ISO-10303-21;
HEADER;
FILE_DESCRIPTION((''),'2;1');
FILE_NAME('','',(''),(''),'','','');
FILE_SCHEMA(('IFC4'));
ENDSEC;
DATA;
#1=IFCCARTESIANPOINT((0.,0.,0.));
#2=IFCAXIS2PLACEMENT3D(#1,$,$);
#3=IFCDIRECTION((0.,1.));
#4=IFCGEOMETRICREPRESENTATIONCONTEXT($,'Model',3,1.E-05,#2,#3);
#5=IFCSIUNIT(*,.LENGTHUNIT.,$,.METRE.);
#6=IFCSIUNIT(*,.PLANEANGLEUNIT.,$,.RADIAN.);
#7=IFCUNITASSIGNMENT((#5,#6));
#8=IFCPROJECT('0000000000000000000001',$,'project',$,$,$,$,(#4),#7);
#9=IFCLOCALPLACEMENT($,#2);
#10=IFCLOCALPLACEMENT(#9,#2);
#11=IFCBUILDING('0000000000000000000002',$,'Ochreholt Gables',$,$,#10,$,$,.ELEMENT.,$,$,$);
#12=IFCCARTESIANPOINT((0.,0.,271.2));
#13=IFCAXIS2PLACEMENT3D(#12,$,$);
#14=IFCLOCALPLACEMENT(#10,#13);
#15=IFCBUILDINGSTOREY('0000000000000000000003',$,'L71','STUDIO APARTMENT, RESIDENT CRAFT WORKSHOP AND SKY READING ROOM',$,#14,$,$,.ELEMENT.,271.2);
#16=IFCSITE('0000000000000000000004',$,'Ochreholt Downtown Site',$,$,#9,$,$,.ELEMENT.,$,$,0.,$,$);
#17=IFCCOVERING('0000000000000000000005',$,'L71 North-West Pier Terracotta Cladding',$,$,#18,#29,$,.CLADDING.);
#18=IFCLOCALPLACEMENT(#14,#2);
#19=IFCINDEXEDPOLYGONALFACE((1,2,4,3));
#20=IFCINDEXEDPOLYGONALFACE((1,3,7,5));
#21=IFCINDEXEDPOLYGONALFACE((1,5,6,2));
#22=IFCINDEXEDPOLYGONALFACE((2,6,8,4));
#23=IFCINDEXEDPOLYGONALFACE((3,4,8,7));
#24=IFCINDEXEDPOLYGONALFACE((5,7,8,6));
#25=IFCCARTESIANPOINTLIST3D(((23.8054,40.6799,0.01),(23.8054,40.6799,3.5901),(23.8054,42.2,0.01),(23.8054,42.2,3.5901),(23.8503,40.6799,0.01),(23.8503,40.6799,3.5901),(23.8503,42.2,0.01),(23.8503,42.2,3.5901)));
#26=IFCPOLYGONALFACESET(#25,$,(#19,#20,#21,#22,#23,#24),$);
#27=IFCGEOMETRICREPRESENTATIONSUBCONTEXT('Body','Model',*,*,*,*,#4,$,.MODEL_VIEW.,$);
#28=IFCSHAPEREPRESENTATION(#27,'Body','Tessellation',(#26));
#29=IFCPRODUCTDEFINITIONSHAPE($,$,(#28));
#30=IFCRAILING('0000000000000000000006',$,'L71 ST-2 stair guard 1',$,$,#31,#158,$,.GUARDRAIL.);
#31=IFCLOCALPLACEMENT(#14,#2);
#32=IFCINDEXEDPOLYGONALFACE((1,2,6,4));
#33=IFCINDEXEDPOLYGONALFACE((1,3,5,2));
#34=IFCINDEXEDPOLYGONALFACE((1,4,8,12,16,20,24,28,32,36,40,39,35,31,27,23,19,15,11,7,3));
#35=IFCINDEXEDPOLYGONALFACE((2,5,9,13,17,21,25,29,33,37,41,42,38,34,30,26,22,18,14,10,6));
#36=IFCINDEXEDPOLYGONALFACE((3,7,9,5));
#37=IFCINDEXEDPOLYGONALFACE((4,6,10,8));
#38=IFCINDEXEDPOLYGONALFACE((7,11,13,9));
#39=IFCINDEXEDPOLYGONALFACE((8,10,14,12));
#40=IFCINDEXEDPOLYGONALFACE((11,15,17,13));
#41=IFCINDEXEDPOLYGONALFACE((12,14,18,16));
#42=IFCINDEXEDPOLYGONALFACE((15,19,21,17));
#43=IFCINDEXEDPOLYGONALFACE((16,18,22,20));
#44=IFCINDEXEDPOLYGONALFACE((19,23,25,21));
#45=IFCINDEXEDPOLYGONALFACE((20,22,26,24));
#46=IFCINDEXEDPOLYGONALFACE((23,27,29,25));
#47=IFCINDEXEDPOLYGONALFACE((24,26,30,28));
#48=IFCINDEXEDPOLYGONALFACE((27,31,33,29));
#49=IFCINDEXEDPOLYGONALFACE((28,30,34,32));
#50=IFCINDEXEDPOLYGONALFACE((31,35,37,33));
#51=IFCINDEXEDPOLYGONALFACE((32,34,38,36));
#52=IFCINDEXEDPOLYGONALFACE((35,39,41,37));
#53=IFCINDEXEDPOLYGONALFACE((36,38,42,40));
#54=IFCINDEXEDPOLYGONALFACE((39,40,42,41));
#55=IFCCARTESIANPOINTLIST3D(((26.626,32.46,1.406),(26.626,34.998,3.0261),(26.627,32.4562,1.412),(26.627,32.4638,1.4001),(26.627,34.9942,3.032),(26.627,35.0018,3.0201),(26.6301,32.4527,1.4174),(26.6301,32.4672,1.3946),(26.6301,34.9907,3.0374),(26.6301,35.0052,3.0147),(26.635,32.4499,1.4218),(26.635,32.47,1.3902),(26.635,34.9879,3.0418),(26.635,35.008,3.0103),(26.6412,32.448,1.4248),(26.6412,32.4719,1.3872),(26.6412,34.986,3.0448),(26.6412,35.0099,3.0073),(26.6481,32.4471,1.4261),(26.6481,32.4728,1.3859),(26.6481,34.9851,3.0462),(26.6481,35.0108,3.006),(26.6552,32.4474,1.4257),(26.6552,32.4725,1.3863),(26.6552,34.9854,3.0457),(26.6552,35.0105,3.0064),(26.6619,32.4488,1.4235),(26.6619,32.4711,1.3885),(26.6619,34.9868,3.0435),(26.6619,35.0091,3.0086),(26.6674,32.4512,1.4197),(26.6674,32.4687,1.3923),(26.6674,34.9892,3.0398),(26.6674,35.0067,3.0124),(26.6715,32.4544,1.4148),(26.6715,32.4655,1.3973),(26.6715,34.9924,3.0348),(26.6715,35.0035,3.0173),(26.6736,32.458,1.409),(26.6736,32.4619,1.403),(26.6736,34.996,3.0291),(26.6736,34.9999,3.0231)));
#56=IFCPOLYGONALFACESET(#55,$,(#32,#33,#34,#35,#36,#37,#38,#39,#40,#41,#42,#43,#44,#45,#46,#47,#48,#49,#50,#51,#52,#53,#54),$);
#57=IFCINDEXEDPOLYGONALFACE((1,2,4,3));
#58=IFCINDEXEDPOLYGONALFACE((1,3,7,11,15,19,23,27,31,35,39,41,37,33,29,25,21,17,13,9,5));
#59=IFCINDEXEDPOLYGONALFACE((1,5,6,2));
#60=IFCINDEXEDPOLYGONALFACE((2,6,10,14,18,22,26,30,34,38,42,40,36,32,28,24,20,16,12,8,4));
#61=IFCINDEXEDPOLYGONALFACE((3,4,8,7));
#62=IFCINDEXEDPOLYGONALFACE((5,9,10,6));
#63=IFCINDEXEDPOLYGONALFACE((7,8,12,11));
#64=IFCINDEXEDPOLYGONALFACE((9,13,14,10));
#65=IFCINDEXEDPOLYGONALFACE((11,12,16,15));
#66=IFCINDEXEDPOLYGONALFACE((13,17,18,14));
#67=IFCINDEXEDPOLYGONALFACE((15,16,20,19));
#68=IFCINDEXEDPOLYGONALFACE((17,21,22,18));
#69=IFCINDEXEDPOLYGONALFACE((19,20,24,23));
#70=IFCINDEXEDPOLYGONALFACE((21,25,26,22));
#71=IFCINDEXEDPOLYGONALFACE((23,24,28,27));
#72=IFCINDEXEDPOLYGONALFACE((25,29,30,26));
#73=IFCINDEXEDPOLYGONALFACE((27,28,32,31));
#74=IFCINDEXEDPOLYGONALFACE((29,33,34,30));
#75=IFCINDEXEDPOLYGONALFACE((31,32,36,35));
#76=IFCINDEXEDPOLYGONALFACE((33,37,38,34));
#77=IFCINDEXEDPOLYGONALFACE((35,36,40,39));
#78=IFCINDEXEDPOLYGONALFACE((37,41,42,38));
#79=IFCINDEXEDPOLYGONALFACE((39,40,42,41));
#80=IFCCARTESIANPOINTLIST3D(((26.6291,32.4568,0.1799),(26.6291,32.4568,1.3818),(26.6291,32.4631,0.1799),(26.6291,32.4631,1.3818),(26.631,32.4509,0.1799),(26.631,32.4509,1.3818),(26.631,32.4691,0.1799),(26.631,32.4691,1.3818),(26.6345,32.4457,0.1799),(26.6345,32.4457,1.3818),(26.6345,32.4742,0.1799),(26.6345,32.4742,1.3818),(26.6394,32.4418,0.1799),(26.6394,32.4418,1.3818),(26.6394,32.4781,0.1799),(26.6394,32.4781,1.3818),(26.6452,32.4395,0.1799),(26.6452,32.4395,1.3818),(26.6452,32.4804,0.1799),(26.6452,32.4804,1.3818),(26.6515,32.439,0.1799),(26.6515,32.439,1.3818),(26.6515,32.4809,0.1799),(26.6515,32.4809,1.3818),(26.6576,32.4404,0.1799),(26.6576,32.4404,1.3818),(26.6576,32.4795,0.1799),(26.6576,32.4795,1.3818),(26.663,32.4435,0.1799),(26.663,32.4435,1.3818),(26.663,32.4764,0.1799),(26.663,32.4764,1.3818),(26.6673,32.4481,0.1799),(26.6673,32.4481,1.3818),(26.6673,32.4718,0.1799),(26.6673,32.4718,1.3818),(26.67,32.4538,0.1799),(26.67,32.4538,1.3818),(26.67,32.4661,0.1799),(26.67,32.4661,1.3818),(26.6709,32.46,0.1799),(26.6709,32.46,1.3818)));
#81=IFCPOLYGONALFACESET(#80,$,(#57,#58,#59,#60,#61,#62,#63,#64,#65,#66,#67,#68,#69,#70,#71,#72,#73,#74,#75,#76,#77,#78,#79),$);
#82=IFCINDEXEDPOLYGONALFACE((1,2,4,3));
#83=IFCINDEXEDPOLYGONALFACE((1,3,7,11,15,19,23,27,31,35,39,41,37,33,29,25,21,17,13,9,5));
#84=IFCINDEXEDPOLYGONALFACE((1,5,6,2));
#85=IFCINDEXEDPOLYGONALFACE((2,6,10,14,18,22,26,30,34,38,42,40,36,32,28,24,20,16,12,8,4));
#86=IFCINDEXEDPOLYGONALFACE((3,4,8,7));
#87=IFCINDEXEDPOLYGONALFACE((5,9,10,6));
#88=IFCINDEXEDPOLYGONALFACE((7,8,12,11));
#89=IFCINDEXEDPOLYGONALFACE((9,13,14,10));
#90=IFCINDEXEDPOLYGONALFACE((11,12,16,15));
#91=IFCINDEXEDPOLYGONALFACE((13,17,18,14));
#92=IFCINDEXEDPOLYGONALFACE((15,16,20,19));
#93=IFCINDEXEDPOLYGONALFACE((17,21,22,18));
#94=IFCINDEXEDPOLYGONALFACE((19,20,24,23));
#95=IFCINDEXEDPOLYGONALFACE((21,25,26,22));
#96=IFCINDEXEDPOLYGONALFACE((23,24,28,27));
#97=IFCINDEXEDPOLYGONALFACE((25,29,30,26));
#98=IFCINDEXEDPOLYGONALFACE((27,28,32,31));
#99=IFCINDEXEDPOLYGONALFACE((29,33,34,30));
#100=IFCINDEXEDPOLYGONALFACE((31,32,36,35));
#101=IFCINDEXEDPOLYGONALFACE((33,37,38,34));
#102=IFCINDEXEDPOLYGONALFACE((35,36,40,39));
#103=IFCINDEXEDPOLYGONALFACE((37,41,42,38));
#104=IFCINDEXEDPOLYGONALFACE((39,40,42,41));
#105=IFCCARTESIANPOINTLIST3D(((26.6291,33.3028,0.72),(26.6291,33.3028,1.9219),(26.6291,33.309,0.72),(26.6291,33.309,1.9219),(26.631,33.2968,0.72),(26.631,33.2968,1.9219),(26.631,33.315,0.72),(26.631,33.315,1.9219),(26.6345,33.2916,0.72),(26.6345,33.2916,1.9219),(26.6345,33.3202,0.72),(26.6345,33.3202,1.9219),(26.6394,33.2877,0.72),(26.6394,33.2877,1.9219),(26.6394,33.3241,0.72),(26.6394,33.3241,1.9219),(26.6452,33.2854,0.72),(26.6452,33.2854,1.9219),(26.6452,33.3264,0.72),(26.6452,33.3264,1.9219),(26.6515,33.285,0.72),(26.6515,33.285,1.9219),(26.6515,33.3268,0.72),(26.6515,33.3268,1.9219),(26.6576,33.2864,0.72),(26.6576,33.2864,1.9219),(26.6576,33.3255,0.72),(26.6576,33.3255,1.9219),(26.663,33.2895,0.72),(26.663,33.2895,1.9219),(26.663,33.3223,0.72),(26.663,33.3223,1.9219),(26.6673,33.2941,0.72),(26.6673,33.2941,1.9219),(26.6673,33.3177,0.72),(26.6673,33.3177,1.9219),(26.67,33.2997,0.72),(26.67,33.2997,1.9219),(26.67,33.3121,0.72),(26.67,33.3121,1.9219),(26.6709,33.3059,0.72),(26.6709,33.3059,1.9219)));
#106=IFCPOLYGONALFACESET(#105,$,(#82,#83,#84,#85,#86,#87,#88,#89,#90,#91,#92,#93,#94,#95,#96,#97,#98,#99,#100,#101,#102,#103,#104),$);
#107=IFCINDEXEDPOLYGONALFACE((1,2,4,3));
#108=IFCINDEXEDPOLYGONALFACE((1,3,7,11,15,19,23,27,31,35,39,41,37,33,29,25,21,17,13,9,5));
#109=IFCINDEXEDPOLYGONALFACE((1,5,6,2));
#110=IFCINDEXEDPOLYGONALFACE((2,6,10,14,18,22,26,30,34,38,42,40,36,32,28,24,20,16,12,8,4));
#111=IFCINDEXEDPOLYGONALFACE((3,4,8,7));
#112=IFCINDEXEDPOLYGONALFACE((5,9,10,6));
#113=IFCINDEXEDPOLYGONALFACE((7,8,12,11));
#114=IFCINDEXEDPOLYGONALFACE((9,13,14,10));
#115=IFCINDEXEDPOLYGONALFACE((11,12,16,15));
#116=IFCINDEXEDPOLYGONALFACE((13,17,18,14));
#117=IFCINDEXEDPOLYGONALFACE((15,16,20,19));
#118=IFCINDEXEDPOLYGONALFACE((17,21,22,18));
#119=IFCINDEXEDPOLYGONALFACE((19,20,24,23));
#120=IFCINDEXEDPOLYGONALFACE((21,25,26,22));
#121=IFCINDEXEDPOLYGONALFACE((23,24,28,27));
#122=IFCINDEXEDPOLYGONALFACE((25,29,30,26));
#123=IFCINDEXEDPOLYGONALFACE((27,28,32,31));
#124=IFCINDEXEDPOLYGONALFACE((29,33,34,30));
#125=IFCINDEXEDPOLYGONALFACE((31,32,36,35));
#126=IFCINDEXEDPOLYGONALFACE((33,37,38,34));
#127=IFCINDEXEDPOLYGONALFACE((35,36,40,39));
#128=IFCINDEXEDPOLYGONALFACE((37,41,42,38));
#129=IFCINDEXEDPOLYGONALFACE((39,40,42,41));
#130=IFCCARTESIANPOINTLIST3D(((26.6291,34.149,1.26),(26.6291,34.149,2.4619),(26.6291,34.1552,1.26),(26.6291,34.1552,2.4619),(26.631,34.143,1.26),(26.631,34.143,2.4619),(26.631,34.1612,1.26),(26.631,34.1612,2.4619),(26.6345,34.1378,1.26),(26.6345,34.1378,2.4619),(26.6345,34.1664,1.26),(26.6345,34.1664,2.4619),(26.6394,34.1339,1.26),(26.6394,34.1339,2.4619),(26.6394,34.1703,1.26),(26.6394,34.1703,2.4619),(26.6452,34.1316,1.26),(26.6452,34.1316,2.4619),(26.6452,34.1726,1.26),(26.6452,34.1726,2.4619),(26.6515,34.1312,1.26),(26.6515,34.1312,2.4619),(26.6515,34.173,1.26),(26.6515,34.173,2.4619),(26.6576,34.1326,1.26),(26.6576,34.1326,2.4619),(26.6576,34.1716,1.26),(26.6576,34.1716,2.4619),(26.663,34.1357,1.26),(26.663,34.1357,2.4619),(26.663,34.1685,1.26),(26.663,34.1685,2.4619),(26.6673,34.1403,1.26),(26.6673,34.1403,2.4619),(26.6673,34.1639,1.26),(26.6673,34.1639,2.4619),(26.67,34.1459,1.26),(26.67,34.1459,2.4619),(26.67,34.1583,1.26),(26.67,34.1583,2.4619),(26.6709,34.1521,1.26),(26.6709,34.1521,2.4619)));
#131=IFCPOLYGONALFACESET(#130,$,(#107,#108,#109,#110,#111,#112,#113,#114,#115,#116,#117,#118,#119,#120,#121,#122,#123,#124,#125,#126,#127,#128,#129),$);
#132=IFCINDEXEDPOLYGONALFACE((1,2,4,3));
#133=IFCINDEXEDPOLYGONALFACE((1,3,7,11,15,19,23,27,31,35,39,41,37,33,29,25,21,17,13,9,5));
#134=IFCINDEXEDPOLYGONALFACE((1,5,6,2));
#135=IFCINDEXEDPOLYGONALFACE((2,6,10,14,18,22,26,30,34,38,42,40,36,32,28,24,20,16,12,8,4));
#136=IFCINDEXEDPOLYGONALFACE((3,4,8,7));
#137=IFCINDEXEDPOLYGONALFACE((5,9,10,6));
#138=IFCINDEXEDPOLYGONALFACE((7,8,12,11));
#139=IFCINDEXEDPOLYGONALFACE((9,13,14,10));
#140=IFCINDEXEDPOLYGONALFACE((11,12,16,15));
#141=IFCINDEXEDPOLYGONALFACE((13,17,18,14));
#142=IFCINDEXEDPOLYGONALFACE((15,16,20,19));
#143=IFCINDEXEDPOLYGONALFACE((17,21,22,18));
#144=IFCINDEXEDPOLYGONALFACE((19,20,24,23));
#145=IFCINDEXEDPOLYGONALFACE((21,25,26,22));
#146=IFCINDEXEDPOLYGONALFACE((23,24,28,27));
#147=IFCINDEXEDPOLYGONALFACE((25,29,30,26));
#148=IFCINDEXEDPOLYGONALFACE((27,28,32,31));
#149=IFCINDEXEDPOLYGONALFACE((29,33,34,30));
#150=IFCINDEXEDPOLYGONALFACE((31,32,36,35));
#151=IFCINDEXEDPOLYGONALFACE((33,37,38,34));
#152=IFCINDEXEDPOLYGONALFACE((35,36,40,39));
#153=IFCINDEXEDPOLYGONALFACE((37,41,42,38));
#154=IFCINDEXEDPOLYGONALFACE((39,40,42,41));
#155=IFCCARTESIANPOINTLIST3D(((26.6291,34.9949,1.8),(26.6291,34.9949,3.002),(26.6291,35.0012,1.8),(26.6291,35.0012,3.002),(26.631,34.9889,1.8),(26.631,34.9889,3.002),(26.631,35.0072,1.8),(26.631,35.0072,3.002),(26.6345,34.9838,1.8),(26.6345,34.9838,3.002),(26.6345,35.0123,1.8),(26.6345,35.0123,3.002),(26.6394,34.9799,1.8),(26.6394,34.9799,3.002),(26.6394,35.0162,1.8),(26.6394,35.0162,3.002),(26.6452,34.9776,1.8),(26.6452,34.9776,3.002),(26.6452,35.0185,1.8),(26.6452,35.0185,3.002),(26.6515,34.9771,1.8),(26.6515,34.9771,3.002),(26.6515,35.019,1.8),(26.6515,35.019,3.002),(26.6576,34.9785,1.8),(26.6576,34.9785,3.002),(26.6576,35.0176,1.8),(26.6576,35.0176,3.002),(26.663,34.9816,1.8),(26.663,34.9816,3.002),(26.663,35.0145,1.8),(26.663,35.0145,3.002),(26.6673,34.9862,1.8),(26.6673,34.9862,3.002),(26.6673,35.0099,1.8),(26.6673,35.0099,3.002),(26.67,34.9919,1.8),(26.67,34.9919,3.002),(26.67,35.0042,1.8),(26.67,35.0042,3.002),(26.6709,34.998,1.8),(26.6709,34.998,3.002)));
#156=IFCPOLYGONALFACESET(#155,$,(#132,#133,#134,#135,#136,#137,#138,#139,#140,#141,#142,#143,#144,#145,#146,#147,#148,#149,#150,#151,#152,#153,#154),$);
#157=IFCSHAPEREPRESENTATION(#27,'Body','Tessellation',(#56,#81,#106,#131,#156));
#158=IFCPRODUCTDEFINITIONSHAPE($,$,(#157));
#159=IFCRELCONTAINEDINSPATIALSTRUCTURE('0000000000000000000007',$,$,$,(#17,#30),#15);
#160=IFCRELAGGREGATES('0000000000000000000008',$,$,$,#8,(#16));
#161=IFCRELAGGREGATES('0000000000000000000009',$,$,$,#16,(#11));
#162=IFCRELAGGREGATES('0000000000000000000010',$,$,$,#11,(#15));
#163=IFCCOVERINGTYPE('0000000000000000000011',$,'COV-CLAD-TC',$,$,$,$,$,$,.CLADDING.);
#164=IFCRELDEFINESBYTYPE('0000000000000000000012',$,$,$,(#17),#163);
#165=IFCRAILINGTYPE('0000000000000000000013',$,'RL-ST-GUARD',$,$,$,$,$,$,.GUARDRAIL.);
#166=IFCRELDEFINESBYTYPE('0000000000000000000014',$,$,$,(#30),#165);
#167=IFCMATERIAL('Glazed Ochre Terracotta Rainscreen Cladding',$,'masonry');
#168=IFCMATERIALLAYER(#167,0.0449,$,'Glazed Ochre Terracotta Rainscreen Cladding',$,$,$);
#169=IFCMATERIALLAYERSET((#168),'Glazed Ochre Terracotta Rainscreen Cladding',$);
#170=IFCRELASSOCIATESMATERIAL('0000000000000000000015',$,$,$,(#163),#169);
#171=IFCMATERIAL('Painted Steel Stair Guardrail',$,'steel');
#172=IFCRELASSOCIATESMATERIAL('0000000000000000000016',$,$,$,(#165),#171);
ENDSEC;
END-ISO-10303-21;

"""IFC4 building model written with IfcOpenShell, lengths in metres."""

from ifc_helpers import new_model, si_unit, direction, frame, origin, origin_2d, place, context, subcontext, project, spatial, rectangle, circle, extrude, material, layer, layer_set, type_object, element, save


model = new_model("IFC4")

# Units and contexts
model_context = context("Model", 3, precision=1e-05, world=origin(), true_north=direction((0.0, 1.0)))
body_context = subcontext(model_context, "Body", "Model", "MODEL_VIEW")
ifc_project = project(units=[si_unit("LENGTHUNIT", "METRE"), si_unit("PLANEANGLEUNIT", "RADIAN")], contexts=[model_context])

# Site, building, storey
site_placement = place(None, origin())
site = spatial("IfcSite", under=ifc_project, at=site_placement, Name="Ochreholt Downtown Site", CompositionType="ELEMENT", RefElevation=0.0)
building_placement = place(site_placement, origin())
building = spatial("IfcBuilding", under=site, at=building_placement, Name="Ochreholt Gables", CompositionType="ELEMENT")
storey_placement = place(building_placement, frame((0.0, 0.0, 271.2)))
storey = spatial("IfcBuildingStorey", under=building, at=storey_placement, Name="L71", Description="STUDIO APARTMENT, RESIDENT CRAFT WORKSHOP AND SKY READING ROOM", CompositionType="ELEMENT", Elevation=271.2)

# Covering
ifc_material_1 = material(Name="Glazed Ochre Terracotta Rainscreen Cladding", Category="masonry")
ifc_layer_1 = layer(ifc_material_1, 0.0449, Name="Glazed Ochre Terracotta Rainscreen Cladding")
ifc_layer_set_1 = layer_set([ifc_layer_1], Name="Glazed Ochre Terracotta Rainscreen Cladding")
covering_type = type_object("IfcCoveringType", Name="COV-CLAD-TC", PredefinedType="CLADDING", material=ifc_layer_set_1)
covering_placement = place(storey_placement, frame((23.8279, 41.4399, 0.01), z_axis=(0.0, 0.0, 1.0), x_axis=(0.0, 1.0, 0.0)))
element("IfcCovering", 1, at=covering_placement, inside=storey, type_object=covering_type, Name="L71 North-West Pier Terracotta Cladding", PredefinedType="CLADDING", context=body_context, shape_type="SweptSolid", body=[
    extrude(rectangle(XDim=1.52, YDim=0.0449, at=origin_2d()), origin(), (0.0, 0.0, 1.0), 3.5801),
])

# Railing
ifc_material_2 = material(Name="Painted Steel Stair Guardrail", Category="steel")
railing_type_1 = type_object("IfcRailingType", Name="RL-ST-GUARD", PredefinedType="GUARDRAIL", material=ifc_material_2)
railing_1_placement = place(storey_placement, frame((26.6499, 32.46, 0.1799)))
element("IfcRailing", 2, at=railing_1_placement, inside=storey, type_object=railing_type_1, Name="L71 ST-2 stair guard 1", PredefinedType="GUARDRAIL", context=body_context, shape_type="SweptSolid", body=[
    extrude(circle(Radius=0.0239, at=origin_2d()), frame((0.0, 0.0, 1.2261), z_axis=(0.0, 0.842913, 0.53805), x_axis=(-1.0, 0.0, 0.0)), (0.0, 0.0, 1.0), 3.011),
    extrude(circle(Radius=0.021, at=origin_2d()), origin(), (0.0, 0.0, 1.0), 1.2019),
    extrude(circle(Radius=0.021, at=origin_2d()), frame((0.0, 0.8459, 0.54)), (0.0, 0.0, 1.0), 1.2019),
    extrude(circle(Radius=0.021, at=origin_2d()), frame((0.0, 1.6921, 1.0801)), (0.0, 0.0, 1.0), 1.2019),
    extrude(circle(Radius=0.021, at=origin_2d()), frame((0.0, 2.5381, 1.6201)), (0.0, 0.0, 1.0), 1.2019),
])

save(model, "model.ifc")
